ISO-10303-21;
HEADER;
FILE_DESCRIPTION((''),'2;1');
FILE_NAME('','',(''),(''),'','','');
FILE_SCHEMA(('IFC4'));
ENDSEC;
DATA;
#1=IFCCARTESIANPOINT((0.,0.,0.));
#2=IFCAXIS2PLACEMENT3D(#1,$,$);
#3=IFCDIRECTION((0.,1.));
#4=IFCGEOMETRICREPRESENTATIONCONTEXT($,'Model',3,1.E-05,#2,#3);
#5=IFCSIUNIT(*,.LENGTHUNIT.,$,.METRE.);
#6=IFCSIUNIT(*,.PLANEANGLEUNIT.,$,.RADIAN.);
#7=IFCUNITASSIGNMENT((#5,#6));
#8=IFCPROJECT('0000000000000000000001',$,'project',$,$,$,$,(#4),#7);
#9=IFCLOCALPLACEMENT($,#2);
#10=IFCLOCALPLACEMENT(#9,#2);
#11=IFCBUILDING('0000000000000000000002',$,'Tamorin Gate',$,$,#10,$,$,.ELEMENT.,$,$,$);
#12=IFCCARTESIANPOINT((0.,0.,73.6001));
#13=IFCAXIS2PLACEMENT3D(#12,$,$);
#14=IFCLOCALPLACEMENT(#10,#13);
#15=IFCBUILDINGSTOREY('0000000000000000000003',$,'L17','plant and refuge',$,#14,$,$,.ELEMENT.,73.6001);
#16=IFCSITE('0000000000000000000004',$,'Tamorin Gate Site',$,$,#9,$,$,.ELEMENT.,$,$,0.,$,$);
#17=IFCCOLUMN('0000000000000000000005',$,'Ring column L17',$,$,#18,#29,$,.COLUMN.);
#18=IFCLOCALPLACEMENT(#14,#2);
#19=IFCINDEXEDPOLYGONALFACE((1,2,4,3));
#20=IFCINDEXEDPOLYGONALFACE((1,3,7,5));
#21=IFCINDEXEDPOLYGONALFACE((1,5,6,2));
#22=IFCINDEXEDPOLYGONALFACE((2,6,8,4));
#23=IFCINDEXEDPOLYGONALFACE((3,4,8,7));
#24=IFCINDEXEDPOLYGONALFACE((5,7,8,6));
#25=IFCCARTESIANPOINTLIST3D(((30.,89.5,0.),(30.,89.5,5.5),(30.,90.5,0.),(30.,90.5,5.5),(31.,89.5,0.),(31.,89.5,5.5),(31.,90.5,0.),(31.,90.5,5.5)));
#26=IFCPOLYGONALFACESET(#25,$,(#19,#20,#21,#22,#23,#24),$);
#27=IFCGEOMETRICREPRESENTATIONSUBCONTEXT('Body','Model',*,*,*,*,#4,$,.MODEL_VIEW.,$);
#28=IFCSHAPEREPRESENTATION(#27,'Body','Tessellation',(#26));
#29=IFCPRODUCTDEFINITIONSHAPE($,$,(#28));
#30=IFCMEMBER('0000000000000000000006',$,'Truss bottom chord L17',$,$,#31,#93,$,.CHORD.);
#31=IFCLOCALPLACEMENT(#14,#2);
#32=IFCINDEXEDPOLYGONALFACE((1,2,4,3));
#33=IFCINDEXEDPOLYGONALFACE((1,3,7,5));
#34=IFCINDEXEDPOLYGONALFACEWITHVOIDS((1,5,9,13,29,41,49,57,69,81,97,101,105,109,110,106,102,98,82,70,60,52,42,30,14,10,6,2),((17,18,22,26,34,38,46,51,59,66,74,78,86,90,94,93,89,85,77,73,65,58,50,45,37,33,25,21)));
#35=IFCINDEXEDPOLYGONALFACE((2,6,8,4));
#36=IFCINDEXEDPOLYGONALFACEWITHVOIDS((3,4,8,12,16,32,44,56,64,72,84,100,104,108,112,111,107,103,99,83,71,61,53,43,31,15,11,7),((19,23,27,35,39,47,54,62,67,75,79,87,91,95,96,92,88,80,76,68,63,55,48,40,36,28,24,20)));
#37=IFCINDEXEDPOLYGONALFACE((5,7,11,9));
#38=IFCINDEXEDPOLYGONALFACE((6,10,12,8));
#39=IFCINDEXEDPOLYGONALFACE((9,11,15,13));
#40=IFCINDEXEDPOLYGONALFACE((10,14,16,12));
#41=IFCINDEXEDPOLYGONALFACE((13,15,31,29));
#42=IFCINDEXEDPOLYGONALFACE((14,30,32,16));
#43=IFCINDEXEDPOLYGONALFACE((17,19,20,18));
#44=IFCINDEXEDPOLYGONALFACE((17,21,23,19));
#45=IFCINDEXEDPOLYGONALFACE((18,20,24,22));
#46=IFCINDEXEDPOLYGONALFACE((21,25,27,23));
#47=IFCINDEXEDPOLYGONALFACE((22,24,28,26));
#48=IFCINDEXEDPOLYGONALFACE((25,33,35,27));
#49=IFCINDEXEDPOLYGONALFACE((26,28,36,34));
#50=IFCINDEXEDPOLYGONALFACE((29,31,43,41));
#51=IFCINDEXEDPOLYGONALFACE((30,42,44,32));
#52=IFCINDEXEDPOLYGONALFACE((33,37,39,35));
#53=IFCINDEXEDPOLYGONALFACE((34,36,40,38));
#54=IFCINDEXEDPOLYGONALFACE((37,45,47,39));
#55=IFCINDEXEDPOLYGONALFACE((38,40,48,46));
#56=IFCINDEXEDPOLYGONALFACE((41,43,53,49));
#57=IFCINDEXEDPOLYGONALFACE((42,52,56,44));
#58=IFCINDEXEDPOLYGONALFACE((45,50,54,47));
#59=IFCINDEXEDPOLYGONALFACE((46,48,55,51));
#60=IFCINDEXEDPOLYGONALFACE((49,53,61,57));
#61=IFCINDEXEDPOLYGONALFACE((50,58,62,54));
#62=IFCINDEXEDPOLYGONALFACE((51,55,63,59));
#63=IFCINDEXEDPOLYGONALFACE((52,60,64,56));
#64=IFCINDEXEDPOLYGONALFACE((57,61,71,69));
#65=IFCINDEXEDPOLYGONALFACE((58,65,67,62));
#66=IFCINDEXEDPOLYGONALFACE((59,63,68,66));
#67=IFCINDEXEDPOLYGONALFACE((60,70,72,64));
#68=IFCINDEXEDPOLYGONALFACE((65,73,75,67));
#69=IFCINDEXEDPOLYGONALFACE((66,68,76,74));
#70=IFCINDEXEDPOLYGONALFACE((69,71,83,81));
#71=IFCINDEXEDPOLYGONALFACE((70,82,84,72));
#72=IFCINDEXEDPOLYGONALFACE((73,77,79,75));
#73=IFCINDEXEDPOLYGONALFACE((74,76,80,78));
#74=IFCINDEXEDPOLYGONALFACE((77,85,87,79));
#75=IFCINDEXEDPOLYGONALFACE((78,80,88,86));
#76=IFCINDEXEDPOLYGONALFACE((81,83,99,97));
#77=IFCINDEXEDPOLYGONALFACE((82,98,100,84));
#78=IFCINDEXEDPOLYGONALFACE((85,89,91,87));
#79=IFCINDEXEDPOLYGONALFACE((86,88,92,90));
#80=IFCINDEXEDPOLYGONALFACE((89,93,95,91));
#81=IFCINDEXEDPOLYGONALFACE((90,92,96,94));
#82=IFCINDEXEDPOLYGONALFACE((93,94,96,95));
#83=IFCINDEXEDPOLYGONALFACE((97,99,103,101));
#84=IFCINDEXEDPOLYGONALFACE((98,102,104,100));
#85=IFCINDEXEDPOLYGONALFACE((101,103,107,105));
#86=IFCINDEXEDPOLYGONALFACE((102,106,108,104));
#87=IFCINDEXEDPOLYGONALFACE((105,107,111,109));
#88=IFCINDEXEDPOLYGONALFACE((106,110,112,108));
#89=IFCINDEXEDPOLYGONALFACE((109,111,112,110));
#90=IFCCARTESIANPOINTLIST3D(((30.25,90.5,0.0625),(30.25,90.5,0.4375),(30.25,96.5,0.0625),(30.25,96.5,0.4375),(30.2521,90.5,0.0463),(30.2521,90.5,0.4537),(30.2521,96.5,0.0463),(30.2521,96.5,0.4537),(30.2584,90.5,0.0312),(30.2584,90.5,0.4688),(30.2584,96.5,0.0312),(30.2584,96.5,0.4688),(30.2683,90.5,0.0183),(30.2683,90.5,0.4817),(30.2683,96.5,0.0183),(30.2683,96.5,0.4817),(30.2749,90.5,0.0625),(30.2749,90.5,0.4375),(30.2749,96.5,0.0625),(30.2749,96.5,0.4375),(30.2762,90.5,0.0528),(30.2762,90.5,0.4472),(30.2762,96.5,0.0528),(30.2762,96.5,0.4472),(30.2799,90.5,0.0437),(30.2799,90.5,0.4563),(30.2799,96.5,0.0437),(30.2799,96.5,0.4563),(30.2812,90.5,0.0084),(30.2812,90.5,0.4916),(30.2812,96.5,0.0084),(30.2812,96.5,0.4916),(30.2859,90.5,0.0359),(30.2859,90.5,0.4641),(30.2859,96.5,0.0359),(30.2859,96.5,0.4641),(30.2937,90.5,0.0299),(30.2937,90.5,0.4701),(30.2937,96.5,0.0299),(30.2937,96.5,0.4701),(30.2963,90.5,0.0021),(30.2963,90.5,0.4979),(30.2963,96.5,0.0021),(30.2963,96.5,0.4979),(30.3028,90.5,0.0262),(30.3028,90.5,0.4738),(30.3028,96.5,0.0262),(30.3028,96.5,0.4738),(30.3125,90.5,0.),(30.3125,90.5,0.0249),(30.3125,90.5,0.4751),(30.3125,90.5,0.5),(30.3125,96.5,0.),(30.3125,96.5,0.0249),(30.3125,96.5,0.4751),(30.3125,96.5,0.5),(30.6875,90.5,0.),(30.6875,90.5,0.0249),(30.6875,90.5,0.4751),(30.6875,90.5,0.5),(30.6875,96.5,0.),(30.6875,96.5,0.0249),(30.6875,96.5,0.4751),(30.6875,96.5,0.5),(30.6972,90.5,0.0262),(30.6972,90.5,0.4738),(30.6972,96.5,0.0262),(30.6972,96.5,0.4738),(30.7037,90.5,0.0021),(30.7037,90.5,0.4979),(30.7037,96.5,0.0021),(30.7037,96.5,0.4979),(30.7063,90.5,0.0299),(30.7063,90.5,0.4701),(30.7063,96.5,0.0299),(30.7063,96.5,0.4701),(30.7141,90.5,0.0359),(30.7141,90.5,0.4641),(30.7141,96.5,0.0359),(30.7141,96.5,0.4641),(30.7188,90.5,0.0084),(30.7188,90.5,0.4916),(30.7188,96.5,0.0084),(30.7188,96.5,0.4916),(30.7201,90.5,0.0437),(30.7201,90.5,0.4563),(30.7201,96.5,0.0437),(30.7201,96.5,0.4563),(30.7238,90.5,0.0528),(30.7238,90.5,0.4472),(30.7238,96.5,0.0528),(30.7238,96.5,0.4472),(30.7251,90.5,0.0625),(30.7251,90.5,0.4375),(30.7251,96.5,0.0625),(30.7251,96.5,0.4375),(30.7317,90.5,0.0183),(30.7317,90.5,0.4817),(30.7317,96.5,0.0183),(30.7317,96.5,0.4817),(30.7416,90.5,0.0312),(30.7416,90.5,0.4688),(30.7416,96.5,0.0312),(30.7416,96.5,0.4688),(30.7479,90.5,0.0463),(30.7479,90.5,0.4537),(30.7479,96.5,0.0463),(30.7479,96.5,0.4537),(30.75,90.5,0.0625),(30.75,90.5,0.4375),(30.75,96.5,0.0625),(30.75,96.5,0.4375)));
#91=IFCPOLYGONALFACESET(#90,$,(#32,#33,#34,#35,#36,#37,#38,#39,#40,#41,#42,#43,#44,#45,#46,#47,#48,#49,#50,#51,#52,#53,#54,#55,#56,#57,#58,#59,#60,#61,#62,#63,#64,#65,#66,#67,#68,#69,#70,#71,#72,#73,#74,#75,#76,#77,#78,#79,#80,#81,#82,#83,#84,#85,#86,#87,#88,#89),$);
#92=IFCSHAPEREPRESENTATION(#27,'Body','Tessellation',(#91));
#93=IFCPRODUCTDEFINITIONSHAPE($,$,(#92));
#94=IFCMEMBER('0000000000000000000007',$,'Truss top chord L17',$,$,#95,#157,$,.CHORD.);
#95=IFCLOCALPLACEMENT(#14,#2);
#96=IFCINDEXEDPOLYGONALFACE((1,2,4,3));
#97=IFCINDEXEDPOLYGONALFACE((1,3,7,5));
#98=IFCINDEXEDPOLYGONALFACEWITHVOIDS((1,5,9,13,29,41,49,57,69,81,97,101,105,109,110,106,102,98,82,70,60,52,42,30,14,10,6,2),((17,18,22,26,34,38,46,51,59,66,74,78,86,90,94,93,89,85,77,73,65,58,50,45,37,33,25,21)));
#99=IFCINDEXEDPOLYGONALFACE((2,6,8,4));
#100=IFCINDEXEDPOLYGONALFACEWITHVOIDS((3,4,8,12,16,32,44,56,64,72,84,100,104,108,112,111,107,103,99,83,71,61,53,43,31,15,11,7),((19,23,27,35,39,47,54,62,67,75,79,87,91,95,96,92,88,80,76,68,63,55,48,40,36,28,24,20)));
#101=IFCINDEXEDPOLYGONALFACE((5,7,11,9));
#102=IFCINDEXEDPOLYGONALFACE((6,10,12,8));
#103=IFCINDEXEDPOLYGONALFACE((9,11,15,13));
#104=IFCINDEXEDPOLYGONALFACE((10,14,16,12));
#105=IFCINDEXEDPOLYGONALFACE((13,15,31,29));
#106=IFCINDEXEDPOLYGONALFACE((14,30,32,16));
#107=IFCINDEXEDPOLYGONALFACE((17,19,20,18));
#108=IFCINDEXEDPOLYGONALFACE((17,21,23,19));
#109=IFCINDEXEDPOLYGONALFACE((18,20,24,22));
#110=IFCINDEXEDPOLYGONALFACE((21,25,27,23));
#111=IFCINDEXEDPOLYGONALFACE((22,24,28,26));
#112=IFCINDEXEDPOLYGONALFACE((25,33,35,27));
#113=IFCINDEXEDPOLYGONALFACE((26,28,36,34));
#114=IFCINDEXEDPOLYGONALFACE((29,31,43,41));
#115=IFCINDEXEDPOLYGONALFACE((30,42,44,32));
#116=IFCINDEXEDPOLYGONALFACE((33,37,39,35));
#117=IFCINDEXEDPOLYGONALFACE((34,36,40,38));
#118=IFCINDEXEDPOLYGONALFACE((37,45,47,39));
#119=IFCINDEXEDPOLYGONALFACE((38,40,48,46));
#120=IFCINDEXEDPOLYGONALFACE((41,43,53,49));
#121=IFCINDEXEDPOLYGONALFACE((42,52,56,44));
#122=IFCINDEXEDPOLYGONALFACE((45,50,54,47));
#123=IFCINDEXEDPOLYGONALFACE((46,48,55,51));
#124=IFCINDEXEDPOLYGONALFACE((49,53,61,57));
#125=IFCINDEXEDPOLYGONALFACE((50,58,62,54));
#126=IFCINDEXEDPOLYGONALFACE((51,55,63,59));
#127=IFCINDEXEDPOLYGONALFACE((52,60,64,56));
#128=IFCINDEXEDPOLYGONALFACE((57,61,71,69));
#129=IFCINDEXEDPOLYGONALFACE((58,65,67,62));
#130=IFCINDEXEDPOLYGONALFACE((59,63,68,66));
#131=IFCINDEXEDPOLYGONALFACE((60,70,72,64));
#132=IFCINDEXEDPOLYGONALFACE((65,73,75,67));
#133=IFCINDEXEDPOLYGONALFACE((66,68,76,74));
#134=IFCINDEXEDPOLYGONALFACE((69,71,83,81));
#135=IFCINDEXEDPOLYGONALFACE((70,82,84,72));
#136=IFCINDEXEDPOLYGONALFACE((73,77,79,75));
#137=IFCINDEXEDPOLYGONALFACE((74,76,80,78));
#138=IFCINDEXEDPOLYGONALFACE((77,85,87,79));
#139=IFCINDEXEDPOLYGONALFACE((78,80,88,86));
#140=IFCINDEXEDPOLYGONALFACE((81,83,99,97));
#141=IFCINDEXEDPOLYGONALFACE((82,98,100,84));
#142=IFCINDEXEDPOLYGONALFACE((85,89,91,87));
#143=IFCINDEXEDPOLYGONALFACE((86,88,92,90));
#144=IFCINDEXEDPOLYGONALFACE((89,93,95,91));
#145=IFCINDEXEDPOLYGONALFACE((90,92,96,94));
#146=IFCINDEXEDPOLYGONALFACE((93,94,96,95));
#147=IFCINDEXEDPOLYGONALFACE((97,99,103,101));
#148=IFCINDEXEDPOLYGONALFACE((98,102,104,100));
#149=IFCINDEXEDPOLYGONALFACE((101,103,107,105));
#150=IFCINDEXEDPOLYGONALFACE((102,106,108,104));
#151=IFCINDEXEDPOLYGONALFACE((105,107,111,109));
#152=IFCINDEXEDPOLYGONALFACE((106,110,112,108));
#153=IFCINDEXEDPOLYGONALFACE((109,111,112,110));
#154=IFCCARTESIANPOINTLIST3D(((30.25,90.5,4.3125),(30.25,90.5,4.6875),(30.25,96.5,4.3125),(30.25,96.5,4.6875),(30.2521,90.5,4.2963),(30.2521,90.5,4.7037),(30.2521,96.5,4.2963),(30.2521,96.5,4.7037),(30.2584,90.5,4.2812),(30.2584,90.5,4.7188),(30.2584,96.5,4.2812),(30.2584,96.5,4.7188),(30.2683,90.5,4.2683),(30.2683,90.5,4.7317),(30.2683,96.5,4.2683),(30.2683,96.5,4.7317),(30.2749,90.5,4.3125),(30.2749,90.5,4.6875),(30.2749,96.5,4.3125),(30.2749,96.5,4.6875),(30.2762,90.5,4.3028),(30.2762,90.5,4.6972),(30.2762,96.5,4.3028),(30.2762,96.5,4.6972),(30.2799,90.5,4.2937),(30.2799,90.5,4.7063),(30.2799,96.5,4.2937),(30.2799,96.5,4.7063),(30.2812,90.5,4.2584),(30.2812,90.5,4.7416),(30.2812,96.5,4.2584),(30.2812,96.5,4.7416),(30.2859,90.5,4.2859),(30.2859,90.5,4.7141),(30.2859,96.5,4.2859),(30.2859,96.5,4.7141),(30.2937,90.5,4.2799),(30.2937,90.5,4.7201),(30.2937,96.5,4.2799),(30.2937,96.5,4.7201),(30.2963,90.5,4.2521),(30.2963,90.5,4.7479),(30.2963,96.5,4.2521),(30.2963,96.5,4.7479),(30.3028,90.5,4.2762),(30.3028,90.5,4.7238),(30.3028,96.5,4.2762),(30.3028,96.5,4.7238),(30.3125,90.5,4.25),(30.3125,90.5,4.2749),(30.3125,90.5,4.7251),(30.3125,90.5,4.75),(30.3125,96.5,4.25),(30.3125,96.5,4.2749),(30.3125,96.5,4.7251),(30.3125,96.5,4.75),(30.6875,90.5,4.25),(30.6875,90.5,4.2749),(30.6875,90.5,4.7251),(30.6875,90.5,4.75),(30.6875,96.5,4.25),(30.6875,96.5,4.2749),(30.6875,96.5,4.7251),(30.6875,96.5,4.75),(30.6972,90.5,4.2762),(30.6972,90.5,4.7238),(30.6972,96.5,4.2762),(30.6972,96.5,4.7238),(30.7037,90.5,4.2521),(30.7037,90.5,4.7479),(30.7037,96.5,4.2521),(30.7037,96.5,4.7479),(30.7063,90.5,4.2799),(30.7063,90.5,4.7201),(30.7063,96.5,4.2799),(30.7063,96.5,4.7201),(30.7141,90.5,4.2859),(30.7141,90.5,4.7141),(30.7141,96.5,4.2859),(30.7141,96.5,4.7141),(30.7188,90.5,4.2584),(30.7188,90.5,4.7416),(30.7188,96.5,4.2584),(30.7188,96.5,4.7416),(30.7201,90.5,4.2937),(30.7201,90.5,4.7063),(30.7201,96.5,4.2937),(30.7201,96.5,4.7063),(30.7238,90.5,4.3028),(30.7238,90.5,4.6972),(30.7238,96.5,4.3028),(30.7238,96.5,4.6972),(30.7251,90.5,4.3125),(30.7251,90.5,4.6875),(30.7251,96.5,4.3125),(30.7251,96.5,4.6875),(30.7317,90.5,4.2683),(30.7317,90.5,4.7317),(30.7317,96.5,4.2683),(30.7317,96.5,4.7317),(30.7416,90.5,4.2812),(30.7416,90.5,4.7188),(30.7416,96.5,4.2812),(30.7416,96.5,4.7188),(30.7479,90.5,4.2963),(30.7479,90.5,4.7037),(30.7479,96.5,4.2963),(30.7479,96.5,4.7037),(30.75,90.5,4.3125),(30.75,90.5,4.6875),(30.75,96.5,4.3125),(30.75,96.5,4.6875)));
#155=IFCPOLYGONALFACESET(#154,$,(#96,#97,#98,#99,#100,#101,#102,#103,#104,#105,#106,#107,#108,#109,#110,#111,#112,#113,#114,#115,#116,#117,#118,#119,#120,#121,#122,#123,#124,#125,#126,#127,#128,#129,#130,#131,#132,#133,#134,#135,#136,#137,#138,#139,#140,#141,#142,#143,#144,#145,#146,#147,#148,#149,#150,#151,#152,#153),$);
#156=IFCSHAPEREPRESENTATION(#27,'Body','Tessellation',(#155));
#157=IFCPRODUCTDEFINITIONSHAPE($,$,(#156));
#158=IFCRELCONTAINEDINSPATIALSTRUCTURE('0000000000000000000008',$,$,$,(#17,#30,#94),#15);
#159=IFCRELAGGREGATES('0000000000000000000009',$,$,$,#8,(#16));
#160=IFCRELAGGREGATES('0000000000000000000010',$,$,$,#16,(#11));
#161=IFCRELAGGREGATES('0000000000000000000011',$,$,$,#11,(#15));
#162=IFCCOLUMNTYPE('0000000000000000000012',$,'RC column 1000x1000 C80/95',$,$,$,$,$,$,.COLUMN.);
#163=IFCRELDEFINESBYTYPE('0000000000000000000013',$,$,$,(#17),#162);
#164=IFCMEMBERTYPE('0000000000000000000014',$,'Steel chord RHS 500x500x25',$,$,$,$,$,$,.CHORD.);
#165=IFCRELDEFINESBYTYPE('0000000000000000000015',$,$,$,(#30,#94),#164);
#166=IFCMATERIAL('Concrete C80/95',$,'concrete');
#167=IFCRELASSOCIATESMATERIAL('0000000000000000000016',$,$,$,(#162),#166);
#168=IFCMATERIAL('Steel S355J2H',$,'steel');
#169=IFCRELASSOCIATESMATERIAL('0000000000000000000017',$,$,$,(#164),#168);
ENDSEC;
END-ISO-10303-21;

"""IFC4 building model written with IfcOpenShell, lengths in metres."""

from ifc_helpers import new_model, si_unit, direction, frame, origin, origin_2d, place, context, subcontext, project, spatial, rectangle, hollow_rectangle, extrude, material, material_profile, profile_set, type_object, element, save


model = new_model("IFC4")

# Units and contexts
model_context = context("Model", 3, precision=1e-05, world=origin(), true_north=direction((0.0, 1.0)))
body_context = subcontext(model_context, "Body", "Model", "MODEL_VIEW")
ifc_project = project(units=[si_unit("LENGTHUNIT", "METRE"), si_unit("PLANEANGLEUNIT", "RADIAN")], contexts=[model_context])

# Site, building, storey
site_placement = place(None, origin())
site = spatial("IfcSite", under=ifc_project, at=site_placement, Name="Tamorin Gate Site", CompositionType="ELEMENT", RefElevation=0.0)
building_placement = place(site_placement, origin())
building = spatial("IfcBuilding", under=site, at=building_placement, Name="Tamorin Gate", CompositionType="ELEMENT")
storey_placement = place(building_placement, frame((0.0, 0.0, 73.6001)))
storey = spatial("IfcBuildingStorey", under=building, at=storey_placement, Name="L17", Description="plant and refuge", CompositionType="ELEMENT", Elevation=73.6001)

# Column
ifc_material_1 = material(Name="Concrete C80/95", Category="concrete")
ifc_material_profile_1 = material_profile(ifc_material_1, rectangle(XDim=1.0, YDim=1.0, at=origin_2d()), Name="RC 1000x1000")
ifc_profile_set_1 = profile_set([ifc_material_profile_1], Name="Concrete C80/95")
column_type = type_object("IfcColumnType", Name="RC column 1000x1000 C80/95", PredefinedType="COLUMN", material=ifc_profile_set_1)
column_placement = place(storey_placement, frame((30.5, 90.0, 0.0), z_axis=(0.0, 0.0, 1.0), x_axis=(1.0, 0.0, 0.0)))
element("IfcColumn", 1, at=column_placement, inside=storey, type_object=column_type, Name="Ring column L17", PredefinedType="COLUMN", context=body_context, shape_type="SweptSolid", body=[
    extrude(rectangle(XDim=1.0, YDim=1.0, at=origin_2d()), origin(), (0.0, 0.0, 1.0), 5.5),
])

# Members
ifc_material_2 = material(Name="Steel S355J2H", Category="steel")
ifc_material_profile_2 = material_profile(ifc_material_2, hollow_rectangle(XDim=0.5, YDim=0.5, WallThickness=0.0249, InnerFilletRadius=0.0376, OuterFilletRadius=0.0625, at=origin_2d()), Name="RHS 500x500x25")
ifc_profile_set_2 = profile_set([ifc_material_profile_2], Name="Steel S355J2H")
member_type = type_object("IfcMemberType", Name="Steel chord RHS 500x500x25", PredefinedType="CHORD", material=ifc_profile_set_2)
for number, where, z_axis, x_axis, name in (
    (2, (30.5, 96.5, 0.25), (0.0, -1.0, 0.0), (1.0, 0.0, 0.0), "Truss bottom chord L17"),
    (3, (30.5, 96.5, 4.5), (0.0, -1.0, 0.0), (1.0, 0.0, 0.0), "Truss top chord L17"),
):
    element("IfcMember", number, at=place(storey_placement, frame(where, z_axis=z_axis, x_axis=x_axis)), inside=storey, type_object=member_type, Name=name, PredefinedType="CHORD", context=body_context, shape_type="SweptSolid", body=[
        extrude(hollow_rectangle(XDim=0.5, YDim=0.5, WallThickness=0.0249, InnerFilletRadius=0.0376, OuterFilletRadius=0.0625, at=origin_2d()), origin(), (0.0, 0.0, 1.0), 6.0),
    ])

save(model, "model.ifc")
